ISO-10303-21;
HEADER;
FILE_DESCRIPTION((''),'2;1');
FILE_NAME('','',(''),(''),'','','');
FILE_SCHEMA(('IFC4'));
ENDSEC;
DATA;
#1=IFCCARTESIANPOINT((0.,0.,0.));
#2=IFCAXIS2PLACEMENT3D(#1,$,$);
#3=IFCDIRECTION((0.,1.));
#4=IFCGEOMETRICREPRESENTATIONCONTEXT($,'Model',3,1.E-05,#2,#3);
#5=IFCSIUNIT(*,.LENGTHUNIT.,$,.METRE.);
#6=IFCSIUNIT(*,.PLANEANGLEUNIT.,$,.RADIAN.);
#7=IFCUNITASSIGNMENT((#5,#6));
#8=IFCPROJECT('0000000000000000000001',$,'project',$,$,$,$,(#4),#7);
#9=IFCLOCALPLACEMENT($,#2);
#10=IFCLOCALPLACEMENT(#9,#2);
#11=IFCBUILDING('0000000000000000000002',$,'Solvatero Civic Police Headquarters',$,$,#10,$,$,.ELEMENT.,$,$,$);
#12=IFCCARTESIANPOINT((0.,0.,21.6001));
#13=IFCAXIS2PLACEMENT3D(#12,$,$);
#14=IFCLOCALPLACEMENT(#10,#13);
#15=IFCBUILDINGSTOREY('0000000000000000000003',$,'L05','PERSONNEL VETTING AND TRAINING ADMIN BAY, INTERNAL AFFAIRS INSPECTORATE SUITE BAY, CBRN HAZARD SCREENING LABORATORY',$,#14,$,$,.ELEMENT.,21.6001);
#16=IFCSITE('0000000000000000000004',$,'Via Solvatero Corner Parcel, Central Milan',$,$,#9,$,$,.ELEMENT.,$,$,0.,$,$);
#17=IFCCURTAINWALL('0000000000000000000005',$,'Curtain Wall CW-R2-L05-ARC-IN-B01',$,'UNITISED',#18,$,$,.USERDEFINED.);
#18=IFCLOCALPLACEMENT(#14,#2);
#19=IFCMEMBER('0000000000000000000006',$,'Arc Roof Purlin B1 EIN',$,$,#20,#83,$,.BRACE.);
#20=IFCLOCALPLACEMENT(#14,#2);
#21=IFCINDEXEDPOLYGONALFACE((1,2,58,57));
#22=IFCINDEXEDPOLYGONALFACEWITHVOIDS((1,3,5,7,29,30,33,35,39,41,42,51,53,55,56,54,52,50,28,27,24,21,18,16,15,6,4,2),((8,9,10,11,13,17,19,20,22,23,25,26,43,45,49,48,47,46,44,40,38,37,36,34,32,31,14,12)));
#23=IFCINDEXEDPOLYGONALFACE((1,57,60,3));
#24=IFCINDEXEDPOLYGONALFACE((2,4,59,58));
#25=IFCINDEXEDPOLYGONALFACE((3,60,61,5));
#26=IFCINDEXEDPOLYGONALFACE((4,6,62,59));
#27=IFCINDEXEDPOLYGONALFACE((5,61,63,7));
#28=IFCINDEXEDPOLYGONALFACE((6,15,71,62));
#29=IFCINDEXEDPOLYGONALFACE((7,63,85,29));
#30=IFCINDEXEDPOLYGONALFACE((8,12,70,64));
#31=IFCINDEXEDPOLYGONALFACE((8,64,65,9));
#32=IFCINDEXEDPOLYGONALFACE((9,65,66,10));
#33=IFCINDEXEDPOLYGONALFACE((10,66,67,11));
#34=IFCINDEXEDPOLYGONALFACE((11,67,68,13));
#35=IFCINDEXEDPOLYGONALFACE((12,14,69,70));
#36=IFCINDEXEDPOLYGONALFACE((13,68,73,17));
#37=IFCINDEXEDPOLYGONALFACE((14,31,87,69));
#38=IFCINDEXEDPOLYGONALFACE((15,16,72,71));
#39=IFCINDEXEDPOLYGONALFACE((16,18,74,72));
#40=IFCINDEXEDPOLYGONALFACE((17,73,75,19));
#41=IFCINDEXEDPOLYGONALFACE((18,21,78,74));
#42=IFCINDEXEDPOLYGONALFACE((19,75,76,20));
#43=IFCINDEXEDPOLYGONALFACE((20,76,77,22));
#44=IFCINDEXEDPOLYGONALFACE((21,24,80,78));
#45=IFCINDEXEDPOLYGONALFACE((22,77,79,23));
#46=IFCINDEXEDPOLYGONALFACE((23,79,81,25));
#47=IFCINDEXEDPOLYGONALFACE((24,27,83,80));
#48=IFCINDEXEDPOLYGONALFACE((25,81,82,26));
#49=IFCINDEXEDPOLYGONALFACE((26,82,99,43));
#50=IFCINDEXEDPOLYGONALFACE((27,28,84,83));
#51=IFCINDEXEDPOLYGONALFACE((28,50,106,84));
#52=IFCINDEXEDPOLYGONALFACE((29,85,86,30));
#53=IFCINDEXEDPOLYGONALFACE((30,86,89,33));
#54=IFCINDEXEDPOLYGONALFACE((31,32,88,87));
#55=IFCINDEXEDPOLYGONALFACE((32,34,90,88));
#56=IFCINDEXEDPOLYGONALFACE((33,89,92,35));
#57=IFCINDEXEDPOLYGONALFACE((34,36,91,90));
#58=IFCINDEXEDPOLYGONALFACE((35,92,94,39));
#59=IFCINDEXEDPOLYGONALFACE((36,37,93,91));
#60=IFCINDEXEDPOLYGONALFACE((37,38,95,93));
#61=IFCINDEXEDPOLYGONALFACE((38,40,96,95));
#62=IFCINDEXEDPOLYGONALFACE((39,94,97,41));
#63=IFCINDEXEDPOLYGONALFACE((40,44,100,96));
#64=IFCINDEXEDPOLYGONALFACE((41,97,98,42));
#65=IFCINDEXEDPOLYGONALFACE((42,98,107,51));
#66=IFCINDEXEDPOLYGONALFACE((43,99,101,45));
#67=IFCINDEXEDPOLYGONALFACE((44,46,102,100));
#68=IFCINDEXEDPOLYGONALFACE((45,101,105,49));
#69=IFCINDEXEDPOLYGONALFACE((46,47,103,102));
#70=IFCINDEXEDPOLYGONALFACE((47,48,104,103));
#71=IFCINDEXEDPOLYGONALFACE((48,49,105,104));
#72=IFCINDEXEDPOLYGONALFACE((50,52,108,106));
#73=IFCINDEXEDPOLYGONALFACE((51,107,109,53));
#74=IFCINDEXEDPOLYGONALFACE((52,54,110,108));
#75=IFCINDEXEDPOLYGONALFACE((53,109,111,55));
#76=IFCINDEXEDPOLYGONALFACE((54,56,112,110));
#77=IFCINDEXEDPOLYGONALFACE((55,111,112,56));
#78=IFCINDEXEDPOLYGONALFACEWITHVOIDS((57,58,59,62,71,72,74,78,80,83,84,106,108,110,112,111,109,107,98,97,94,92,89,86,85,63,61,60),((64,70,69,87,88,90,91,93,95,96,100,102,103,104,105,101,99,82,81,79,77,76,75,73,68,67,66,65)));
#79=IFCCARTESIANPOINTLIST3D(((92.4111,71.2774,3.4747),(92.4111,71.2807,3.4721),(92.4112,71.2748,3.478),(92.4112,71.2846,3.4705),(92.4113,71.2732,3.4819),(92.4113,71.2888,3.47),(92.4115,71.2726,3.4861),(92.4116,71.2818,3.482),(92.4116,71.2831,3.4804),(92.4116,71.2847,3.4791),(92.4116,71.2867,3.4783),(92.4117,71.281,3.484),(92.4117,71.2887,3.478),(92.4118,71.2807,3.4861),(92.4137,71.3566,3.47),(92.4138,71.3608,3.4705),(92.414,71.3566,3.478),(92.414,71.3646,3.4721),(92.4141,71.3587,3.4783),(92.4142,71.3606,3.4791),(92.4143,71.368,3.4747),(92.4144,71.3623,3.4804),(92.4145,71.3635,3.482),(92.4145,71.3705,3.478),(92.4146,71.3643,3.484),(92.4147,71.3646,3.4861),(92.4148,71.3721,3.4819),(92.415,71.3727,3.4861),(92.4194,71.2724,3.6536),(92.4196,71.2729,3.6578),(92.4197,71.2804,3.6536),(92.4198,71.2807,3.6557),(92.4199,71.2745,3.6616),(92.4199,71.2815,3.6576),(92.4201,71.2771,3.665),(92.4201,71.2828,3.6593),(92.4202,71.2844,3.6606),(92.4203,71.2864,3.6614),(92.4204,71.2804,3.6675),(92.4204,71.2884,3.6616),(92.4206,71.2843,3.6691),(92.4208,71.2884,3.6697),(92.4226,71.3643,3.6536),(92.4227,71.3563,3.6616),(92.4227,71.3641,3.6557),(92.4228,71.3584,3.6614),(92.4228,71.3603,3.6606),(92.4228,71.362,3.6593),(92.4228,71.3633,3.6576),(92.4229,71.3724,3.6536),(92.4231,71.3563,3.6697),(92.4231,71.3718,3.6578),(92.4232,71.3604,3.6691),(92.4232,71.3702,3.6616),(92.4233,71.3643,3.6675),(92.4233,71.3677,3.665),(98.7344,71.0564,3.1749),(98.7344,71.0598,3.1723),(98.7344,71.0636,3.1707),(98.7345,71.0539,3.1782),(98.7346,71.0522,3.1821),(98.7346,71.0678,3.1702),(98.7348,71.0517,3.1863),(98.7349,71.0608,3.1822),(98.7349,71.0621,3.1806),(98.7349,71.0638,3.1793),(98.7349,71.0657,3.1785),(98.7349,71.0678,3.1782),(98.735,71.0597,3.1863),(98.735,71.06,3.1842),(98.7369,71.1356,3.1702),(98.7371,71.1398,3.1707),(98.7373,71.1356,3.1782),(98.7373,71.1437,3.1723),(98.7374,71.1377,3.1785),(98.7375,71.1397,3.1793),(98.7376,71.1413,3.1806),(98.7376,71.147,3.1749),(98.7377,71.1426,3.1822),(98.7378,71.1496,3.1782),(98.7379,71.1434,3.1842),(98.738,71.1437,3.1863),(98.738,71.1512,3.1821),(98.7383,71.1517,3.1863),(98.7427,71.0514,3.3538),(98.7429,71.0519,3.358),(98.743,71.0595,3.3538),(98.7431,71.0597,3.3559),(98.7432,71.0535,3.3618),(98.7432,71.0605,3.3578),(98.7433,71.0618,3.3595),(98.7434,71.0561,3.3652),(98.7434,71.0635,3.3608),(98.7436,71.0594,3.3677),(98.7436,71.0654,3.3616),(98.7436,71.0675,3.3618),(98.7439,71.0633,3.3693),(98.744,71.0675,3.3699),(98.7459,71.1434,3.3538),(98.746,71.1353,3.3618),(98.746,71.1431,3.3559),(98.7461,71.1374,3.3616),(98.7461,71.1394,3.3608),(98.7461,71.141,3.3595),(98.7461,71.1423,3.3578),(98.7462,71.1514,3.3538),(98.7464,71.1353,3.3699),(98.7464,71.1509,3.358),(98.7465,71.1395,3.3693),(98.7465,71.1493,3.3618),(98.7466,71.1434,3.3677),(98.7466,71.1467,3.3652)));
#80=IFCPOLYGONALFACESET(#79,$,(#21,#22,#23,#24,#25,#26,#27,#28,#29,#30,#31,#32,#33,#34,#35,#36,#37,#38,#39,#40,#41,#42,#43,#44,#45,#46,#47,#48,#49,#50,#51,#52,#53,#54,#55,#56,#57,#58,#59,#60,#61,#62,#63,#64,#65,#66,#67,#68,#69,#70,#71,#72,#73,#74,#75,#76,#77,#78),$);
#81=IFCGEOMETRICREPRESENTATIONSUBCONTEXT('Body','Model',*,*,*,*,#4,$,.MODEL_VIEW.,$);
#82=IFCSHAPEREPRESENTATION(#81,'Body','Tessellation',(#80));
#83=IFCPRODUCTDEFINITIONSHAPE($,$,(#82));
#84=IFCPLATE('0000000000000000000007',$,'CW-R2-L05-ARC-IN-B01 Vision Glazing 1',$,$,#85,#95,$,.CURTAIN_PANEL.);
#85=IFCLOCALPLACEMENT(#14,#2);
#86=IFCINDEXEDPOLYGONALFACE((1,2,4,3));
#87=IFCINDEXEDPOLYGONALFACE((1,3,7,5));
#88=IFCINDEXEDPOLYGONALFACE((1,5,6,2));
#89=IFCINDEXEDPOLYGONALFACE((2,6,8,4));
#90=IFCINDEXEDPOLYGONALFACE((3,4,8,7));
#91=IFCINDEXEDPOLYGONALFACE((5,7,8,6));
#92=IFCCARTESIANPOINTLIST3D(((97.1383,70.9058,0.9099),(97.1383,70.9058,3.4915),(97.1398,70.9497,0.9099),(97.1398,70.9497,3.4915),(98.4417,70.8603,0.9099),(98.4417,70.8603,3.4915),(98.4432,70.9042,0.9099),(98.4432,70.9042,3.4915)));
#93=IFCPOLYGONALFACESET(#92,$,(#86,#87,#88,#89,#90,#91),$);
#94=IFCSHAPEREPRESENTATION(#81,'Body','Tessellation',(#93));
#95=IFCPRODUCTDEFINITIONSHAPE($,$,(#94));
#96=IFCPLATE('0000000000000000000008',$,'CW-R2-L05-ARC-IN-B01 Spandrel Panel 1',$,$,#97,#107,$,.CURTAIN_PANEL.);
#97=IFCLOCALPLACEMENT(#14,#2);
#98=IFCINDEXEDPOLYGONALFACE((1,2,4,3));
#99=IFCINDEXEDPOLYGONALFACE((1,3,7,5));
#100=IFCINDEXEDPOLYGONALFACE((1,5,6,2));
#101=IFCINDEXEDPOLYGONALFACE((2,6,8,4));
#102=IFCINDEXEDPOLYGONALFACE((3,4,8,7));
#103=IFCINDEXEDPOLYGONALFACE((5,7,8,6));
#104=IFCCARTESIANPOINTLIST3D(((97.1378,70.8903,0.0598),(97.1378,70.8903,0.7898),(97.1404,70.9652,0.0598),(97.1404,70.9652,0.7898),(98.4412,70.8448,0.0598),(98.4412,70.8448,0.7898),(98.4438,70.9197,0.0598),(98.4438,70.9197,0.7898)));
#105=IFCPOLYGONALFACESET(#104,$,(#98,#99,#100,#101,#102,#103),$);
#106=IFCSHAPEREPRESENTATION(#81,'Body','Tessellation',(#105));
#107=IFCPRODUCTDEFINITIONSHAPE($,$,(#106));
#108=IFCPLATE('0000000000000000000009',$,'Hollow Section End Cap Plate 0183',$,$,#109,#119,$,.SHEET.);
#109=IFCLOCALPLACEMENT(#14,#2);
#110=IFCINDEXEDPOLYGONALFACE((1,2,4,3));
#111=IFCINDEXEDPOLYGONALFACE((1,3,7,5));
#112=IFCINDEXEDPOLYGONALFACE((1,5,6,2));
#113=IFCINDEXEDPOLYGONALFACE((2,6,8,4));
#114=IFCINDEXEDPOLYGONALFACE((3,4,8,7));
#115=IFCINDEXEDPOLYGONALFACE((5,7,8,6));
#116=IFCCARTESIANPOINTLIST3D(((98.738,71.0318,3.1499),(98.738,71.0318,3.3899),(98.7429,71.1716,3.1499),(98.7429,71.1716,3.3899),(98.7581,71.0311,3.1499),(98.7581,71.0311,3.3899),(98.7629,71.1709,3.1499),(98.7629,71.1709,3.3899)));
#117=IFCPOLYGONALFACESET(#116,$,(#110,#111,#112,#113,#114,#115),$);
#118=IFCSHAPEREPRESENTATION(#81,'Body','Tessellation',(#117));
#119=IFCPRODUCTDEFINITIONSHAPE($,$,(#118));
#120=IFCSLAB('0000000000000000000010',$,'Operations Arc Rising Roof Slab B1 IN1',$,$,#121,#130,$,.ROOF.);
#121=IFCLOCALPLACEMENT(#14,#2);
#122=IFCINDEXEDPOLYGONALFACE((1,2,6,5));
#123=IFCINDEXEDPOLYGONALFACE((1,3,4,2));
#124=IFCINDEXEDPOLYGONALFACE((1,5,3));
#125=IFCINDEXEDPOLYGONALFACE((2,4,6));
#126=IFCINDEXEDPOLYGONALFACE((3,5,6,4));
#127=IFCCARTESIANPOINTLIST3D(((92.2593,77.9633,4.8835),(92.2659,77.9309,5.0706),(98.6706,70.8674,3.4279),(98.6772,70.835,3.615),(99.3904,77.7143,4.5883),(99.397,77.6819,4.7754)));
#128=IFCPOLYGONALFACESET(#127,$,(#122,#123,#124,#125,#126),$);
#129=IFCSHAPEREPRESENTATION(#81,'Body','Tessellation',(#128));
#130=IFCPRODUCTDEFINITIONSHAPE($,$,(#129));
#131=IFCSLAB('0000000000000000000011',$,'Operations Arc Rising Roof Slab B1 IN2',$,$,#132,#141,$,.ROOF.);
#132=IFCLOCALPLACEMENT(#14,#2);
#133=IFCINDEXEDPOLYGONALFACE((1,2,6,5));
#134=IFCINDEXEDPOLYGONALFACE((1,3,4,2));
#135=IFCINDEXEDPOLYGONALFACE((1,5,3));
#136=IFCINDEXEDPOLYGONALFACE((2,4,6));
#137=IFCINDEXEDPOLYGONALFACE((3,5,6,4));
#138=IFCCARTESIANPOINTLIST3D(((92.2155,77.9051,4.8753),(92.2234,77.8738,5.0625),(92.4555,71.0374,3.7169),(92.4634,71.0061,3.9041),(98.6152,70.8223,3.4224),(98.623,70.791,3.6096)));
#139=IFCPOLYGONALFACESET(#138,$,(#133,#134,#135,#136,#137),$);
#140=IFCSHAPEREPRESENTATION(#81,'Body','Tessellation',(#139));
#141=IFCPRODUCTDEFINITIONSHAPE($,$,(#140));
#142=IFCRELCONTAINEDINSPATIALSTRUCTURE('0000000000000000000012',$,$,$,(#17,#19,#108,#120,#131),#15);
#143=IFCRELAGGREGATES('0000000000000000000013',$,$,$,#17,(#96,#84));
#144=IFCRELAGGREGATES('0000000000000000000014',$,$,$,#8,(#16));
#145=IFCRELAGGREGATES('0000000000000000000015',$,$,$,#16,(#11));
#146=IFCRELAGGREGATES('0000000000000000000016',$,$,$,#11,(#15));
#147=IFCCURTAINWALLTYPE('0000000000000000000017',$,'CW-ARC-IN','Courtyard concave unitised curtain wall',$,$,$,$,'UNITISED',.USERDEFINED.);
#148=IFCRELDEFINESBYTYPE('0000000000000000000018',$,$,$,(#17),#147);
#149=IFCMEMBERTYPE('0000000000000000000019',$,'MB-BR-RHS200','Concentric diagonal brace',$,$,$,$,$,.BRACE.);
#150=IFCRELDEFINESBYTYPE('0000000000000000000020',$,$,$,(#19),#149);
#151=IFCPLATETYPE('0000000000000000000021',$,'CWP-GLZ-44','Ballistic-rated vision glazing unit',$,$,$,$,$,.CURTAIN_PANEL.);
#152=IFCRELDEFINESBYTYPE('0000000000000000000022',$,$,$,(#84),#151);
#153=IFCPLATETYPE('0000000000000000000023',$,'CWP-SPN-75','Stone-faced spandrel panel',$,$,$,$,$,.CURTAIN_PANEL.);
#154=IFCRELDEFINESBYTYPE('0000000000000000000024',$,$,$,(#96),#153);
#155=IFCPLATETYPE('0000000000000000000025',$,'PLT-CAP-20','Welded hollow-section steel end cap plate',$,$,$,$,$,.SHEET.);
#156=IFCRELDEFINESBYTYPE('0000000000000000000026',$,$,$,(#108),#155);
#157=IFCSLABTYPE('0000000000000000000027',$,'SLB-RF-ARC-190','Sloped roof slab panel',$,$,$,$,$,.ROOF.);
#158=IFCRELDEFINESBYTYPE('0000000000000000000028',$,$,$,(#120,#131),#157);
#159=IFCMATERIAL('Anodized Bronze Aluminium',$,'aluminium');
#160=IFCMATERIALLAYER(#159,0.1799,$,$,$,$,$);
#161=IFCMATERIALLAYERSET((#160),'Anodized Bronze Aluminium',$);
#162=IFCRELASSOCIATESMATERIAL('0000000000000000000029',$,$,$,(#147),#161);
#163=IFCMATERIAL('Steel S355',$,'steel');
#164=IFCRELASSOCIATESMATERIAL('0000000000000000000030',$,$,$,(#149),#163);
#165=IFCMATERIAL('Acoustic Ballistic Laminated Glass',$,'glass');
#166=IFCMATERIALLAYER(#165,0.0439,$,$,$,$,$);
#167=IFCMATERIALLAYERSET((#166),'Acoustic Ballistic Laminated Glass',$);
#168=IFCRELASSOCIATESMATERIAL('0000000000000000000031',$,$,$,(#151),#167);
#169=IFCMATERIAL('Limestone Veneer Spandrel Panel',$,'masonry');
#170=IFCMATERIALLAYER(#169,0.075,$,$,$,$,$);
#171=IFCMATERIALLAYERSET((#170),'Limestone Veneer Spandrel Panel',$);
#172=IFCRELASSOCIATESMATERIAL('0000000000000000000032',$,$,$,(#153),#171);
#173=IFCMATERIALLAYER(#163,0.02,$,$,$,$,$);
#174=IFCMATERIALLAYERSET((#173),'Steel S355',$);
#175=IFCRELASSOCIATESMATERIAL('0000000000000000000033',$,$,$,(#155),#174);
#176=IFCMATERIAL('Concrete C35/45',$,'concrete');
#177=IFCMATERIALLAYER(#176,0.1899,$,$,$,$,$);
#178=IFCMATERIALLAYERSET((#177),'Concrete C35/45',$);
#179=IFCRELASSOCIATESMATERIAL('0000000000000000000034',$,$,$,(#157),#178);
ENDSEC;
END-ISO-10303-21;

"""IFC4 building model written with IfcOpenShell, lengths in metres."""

from ifc_helpers import new_model, si_unit, direction, frame, origin, origin_2d, place, context, subcontext, project, spatial, polyline, rectangle, hollow_rectangle, outline, extrude, material, layer, layer_set, material_profile, profile_set, type_object, element, aggregate, save


model = new_model("IFC4")

# Units and contexts
model_context = context("Model", 3, precision=1e-05, world=origin(), true_north=direction((0.0, 1.0)))
body_context = subcontext(model_context, "Body", "Model", "MODEL_VIEW")
ifc_project = project(units=[si_unit("LENGTHUNIT", "METRE"), si_unit("PLANEANGLEUNIT", "RADIAN")], contexts=[model_context])

# Site, building, storey
site_placement = place(None, origin())
site = spatial("IfcSite", under=ifc_project, at=site_placement, Name="Via Solvatero Corner Parcel, Central Milan", CompositionType="ELEMENT", RefElevation=0.0)
building_placement = place(site_placement, origin())
building = spatial("IfcBuilding", under=site, at=building_placement, Name="Solvatero Civic Police Headquarters", CompositionType="ELEMENT")
storey_placement = place(building_placement, frame((0.0, 0.0, 21.6001)))
storey = spatial("IfcBuildingStorey", under=building, at=storey_placement, Name="L05", Description="PERSONNEL VETTING AND TRAINING ADMIN BAY, INTERNAL AFFAIRS INSPECTORATE SUITE BAY, CBRN HAZARD SCREENING LABORATORY", CompositionType="ELEMENT", Elevation=21.6001)

# Shared definitions
ifc_material_1 = material(Name="Steel S355", Category="steel")

# Curtain wall
ifc_material_2 = material(Name="Anodized Bronze Aluminium", Category="aluminium")
ifc_layer_1 = layer(ifc_material_2, 0.1799)
ifc_layer_set_1 = layer_set([ifc_layer_1], Name="Anodized Bronze Aluminium")
curtain_wall_type = type_object("IfcCurtainWallType", Name="CW-ARC-IN", Description="Courtyard concave unitised curtain wall", ElementType="UNITISED", PredefinedType="USERDEFINED", material=ifc_layer_set_1)
curtain_wall_placement = place(storey_placement, origin())
curtain_wall = element("IfcCurtainWall", 1, at=curtain_wall_placement, inside=storey, type_object=curtain_wall_type, Name="Curtain Wall CW-R2-L05-ARC-IN-B01", ObjectType="UNITISED", PredefinedType="USERDEFINED")

# Member
ifc_material_profile_1 = material_profile(ifc_material_1, hollow_rectangle(XDim=0.1001, YDim=0.2, WallThickness=0.0081, InnerFilletRadius=0.0081, OuterFilletRadius=0.0161, at=origin_2d()), Name="RHS 200x100x8.0")
ifc_profile_set_1 = profile_set([ifc_material_profile_1], Name="Steel S355")
member_type_1 = type_object("IfcMemberType", Name="MB-BR-RHS200", Description="Concentric diagonal brace", PredefinedType="BRACE", material=ifc_profile_set_1)
member_1_placement = place(storey_placement, frame((98.7405, 71.1016, 3.27), z_axis=(-0.99827, 0.034882, 0.047331), x_axis=(-0.034921, -0.99939, 0.0)))
element("IfcMember", 2, at=member_1_placement, inside=storey, type_object=member_type_1, Name="Arc Roof Purlin B1 EIN", PredefinedType="BRACE", context=body_context, shape_type="SweptSolid", body=[
    extrude(hollow_rectangle(XDim=0.1001, YDim=0.2, WallThickness=0.0081, InnerFilletRadius=0.0081, OuterFilletRadius=0.0161, at=origin_2d()), origin(), (0.0, 0.0, 1.0), 6.3342),
])

# Plates
ifc_material_3 = material(Name="Acoustic Ballistic Laminated Glass", Category="glass")
ifc_layer_2 = layer(ifc_material_3, 0.0439)
ifc_layer_set_2 = layer_set([ifc_layer_2], Name="Acoustic Ballistic Laminated Glass")
plate_type_1 = type_object("IfcPlateType", Name="CWP-GLZ-44", Description="Ballistic-rated vision glazing unit", PredefinedType="CURTAIN_PANEL", material=ifc_layer_set_2)
plate_1_placement = place(storey_placement, frame((97.7908, 70.905, 0.9099), z_axis=(0.0, 0.0, 1.0), x_axis=(-0.999391, 0.034899, 0.0)))
plate_1 = element("IfcPlate", 3, at=plate_1_placement, type_object=plate_type_1, Name="CW-R2-L05-ARC-IN-B01 Vision Glazing 1", PredefinedType="CURTAIN_PANEL", context=body_context, shape_type="SweptSolid", body=[
    extrude(rectangle(XDim=1.3042, YDim=0.0439, at=origin_2d()), origin(), (0.0, 0.0, 1.0), 2.5815),
])
ifc_material_4 = material(Name="Limestone Veneer Spandrel Panel", Category="masonry")
ifc_layer_3 = layer(ifc_material_4, 0.075)
ifc_layer_set_3 = layer_set([ifc_layer_3], Name="Limestone Veneer Spandrel Panel")
plate_type_2 = type_object("IfcPlateType", Name="CWP-SPN-75", Description="Stone-faced spandrel panel", PredefinedType="CURTAIN_PANEL", material=ifc_layer_set_3)
plate_2_placement = place(storey_placement, frame((97.7908, 70.905, 0.0598), z_axis=(0.0, 0.0, 1.0), x_axis=(-0.999391, 0.034899, 0.0)))
plate_2 = element("IfcPlate", 4, at=plate_2_placement, type_object=plate_type_2, Name="CW-R2-L05-ARC-IN-B01 Spandrel Panel 1", PredefinedType="CURTAIN_PANEL", context=body_context, shape_type="SweptSolid", body=[
    extrude(rectangle(XDim=1.3042, YDim=0.075, at=origin_2d()), origin(), (0.0, 0.0, 1.0), 0.73),
])
aggregate(curtain_wall, [plate_2, plate_1])
ifc_layer_4 = layer(ifc_material_1, 0.02)
ifc_layer_set_4 = layer_set([ifc_layer_4], Name="Steel S355")
plate_type_3 = type_object("IfcPlateType", Name="PLT-CAP-20", Description="Welded hollow-section steel end cap plate", PredefinedType="SHEET", material=ifc_layer_set_4)
plate_3_placement = place(storey_placement, frame((98.7505, 71.1013, 3.1499), z_axis=(0.0, 0.0, 1.0), x_axis=(-0.999391, 0.034899, 0.0)))
element("IfcPlate", 5, at=plate_3_placement, inside=storey, type_object=plate_type_3, Name="Hollow Section End Cap Plate 0183", PredefinedType="SHEET", context=body_context, shape_type="SweptSolid", body=[
    extrude(rectangle(XDim=0.02, YDim=0.1399, at=origin_2d()), origin(), (0.0, 0.0, 1.0), 0.24),
])

# Slabs
ifc_material_5 = material(Name="Concrete C35/45", Category="concrete")
ifc_layer_5 = layer(ifc_material_5, 0.1899)
ifc_layer_set_5 = layer_set([ifc_layer_5], Name="Concrete C35/45")
slab_type = type_object("IfcSlabType", Name="SLB-RF-ARC-190", Description="Sloped roof slab panel", PredefinedType="ROOF", material=ifc_layer_set_5)
slab_1_placement = place(storey_placement, frame((98.6772, 70.835, 3.615), z_axis=(0.034804, -0.170549, 0.984734), x_axis=(-0.662776, 0.733544, 0.150469)))
element("IfcSlab", 6, at=slab_1_placement, inside=storey, type_object=slab_type, Name="Operations Arc Rising Roof Slab B1 IN1", PredefinedType="ROOF", context=body_context, shape_type="SweptSolid", body=[
    extrude(outline(polyline([(0.0, 0.0), (9.6735, 0.0), (4.7201, -5.1445), (0.0, 0.0)])), origin(), (0.0, 0.0, -1.0), 0.1899),
])
slab_2_placement = place(storey_placement, frame((98.623, 70.791, 3.6096), z_axis=(0.041351, -0.164784, 0.985462), x_axis=(-0.998253, 0.034858, 0.047717)))
element("IfcSlab", 7, at=slab_2_placement, inside=storey, type_object=slab_type, Name="Operations Arc Rising Roof Slab B1 IN2", PredefinedType="ROOF", context=body_context, shape_type="SweptSolid", body=[
    extrude(outline(polyline([(0.0, 0.0), (6.1705, 0.0), (6.7047, -6.9483), (0.0, 0.0)])), origin(), (0.0, 0.0, -1.0), 0.1899),
])

save(model, "model.ifc")
